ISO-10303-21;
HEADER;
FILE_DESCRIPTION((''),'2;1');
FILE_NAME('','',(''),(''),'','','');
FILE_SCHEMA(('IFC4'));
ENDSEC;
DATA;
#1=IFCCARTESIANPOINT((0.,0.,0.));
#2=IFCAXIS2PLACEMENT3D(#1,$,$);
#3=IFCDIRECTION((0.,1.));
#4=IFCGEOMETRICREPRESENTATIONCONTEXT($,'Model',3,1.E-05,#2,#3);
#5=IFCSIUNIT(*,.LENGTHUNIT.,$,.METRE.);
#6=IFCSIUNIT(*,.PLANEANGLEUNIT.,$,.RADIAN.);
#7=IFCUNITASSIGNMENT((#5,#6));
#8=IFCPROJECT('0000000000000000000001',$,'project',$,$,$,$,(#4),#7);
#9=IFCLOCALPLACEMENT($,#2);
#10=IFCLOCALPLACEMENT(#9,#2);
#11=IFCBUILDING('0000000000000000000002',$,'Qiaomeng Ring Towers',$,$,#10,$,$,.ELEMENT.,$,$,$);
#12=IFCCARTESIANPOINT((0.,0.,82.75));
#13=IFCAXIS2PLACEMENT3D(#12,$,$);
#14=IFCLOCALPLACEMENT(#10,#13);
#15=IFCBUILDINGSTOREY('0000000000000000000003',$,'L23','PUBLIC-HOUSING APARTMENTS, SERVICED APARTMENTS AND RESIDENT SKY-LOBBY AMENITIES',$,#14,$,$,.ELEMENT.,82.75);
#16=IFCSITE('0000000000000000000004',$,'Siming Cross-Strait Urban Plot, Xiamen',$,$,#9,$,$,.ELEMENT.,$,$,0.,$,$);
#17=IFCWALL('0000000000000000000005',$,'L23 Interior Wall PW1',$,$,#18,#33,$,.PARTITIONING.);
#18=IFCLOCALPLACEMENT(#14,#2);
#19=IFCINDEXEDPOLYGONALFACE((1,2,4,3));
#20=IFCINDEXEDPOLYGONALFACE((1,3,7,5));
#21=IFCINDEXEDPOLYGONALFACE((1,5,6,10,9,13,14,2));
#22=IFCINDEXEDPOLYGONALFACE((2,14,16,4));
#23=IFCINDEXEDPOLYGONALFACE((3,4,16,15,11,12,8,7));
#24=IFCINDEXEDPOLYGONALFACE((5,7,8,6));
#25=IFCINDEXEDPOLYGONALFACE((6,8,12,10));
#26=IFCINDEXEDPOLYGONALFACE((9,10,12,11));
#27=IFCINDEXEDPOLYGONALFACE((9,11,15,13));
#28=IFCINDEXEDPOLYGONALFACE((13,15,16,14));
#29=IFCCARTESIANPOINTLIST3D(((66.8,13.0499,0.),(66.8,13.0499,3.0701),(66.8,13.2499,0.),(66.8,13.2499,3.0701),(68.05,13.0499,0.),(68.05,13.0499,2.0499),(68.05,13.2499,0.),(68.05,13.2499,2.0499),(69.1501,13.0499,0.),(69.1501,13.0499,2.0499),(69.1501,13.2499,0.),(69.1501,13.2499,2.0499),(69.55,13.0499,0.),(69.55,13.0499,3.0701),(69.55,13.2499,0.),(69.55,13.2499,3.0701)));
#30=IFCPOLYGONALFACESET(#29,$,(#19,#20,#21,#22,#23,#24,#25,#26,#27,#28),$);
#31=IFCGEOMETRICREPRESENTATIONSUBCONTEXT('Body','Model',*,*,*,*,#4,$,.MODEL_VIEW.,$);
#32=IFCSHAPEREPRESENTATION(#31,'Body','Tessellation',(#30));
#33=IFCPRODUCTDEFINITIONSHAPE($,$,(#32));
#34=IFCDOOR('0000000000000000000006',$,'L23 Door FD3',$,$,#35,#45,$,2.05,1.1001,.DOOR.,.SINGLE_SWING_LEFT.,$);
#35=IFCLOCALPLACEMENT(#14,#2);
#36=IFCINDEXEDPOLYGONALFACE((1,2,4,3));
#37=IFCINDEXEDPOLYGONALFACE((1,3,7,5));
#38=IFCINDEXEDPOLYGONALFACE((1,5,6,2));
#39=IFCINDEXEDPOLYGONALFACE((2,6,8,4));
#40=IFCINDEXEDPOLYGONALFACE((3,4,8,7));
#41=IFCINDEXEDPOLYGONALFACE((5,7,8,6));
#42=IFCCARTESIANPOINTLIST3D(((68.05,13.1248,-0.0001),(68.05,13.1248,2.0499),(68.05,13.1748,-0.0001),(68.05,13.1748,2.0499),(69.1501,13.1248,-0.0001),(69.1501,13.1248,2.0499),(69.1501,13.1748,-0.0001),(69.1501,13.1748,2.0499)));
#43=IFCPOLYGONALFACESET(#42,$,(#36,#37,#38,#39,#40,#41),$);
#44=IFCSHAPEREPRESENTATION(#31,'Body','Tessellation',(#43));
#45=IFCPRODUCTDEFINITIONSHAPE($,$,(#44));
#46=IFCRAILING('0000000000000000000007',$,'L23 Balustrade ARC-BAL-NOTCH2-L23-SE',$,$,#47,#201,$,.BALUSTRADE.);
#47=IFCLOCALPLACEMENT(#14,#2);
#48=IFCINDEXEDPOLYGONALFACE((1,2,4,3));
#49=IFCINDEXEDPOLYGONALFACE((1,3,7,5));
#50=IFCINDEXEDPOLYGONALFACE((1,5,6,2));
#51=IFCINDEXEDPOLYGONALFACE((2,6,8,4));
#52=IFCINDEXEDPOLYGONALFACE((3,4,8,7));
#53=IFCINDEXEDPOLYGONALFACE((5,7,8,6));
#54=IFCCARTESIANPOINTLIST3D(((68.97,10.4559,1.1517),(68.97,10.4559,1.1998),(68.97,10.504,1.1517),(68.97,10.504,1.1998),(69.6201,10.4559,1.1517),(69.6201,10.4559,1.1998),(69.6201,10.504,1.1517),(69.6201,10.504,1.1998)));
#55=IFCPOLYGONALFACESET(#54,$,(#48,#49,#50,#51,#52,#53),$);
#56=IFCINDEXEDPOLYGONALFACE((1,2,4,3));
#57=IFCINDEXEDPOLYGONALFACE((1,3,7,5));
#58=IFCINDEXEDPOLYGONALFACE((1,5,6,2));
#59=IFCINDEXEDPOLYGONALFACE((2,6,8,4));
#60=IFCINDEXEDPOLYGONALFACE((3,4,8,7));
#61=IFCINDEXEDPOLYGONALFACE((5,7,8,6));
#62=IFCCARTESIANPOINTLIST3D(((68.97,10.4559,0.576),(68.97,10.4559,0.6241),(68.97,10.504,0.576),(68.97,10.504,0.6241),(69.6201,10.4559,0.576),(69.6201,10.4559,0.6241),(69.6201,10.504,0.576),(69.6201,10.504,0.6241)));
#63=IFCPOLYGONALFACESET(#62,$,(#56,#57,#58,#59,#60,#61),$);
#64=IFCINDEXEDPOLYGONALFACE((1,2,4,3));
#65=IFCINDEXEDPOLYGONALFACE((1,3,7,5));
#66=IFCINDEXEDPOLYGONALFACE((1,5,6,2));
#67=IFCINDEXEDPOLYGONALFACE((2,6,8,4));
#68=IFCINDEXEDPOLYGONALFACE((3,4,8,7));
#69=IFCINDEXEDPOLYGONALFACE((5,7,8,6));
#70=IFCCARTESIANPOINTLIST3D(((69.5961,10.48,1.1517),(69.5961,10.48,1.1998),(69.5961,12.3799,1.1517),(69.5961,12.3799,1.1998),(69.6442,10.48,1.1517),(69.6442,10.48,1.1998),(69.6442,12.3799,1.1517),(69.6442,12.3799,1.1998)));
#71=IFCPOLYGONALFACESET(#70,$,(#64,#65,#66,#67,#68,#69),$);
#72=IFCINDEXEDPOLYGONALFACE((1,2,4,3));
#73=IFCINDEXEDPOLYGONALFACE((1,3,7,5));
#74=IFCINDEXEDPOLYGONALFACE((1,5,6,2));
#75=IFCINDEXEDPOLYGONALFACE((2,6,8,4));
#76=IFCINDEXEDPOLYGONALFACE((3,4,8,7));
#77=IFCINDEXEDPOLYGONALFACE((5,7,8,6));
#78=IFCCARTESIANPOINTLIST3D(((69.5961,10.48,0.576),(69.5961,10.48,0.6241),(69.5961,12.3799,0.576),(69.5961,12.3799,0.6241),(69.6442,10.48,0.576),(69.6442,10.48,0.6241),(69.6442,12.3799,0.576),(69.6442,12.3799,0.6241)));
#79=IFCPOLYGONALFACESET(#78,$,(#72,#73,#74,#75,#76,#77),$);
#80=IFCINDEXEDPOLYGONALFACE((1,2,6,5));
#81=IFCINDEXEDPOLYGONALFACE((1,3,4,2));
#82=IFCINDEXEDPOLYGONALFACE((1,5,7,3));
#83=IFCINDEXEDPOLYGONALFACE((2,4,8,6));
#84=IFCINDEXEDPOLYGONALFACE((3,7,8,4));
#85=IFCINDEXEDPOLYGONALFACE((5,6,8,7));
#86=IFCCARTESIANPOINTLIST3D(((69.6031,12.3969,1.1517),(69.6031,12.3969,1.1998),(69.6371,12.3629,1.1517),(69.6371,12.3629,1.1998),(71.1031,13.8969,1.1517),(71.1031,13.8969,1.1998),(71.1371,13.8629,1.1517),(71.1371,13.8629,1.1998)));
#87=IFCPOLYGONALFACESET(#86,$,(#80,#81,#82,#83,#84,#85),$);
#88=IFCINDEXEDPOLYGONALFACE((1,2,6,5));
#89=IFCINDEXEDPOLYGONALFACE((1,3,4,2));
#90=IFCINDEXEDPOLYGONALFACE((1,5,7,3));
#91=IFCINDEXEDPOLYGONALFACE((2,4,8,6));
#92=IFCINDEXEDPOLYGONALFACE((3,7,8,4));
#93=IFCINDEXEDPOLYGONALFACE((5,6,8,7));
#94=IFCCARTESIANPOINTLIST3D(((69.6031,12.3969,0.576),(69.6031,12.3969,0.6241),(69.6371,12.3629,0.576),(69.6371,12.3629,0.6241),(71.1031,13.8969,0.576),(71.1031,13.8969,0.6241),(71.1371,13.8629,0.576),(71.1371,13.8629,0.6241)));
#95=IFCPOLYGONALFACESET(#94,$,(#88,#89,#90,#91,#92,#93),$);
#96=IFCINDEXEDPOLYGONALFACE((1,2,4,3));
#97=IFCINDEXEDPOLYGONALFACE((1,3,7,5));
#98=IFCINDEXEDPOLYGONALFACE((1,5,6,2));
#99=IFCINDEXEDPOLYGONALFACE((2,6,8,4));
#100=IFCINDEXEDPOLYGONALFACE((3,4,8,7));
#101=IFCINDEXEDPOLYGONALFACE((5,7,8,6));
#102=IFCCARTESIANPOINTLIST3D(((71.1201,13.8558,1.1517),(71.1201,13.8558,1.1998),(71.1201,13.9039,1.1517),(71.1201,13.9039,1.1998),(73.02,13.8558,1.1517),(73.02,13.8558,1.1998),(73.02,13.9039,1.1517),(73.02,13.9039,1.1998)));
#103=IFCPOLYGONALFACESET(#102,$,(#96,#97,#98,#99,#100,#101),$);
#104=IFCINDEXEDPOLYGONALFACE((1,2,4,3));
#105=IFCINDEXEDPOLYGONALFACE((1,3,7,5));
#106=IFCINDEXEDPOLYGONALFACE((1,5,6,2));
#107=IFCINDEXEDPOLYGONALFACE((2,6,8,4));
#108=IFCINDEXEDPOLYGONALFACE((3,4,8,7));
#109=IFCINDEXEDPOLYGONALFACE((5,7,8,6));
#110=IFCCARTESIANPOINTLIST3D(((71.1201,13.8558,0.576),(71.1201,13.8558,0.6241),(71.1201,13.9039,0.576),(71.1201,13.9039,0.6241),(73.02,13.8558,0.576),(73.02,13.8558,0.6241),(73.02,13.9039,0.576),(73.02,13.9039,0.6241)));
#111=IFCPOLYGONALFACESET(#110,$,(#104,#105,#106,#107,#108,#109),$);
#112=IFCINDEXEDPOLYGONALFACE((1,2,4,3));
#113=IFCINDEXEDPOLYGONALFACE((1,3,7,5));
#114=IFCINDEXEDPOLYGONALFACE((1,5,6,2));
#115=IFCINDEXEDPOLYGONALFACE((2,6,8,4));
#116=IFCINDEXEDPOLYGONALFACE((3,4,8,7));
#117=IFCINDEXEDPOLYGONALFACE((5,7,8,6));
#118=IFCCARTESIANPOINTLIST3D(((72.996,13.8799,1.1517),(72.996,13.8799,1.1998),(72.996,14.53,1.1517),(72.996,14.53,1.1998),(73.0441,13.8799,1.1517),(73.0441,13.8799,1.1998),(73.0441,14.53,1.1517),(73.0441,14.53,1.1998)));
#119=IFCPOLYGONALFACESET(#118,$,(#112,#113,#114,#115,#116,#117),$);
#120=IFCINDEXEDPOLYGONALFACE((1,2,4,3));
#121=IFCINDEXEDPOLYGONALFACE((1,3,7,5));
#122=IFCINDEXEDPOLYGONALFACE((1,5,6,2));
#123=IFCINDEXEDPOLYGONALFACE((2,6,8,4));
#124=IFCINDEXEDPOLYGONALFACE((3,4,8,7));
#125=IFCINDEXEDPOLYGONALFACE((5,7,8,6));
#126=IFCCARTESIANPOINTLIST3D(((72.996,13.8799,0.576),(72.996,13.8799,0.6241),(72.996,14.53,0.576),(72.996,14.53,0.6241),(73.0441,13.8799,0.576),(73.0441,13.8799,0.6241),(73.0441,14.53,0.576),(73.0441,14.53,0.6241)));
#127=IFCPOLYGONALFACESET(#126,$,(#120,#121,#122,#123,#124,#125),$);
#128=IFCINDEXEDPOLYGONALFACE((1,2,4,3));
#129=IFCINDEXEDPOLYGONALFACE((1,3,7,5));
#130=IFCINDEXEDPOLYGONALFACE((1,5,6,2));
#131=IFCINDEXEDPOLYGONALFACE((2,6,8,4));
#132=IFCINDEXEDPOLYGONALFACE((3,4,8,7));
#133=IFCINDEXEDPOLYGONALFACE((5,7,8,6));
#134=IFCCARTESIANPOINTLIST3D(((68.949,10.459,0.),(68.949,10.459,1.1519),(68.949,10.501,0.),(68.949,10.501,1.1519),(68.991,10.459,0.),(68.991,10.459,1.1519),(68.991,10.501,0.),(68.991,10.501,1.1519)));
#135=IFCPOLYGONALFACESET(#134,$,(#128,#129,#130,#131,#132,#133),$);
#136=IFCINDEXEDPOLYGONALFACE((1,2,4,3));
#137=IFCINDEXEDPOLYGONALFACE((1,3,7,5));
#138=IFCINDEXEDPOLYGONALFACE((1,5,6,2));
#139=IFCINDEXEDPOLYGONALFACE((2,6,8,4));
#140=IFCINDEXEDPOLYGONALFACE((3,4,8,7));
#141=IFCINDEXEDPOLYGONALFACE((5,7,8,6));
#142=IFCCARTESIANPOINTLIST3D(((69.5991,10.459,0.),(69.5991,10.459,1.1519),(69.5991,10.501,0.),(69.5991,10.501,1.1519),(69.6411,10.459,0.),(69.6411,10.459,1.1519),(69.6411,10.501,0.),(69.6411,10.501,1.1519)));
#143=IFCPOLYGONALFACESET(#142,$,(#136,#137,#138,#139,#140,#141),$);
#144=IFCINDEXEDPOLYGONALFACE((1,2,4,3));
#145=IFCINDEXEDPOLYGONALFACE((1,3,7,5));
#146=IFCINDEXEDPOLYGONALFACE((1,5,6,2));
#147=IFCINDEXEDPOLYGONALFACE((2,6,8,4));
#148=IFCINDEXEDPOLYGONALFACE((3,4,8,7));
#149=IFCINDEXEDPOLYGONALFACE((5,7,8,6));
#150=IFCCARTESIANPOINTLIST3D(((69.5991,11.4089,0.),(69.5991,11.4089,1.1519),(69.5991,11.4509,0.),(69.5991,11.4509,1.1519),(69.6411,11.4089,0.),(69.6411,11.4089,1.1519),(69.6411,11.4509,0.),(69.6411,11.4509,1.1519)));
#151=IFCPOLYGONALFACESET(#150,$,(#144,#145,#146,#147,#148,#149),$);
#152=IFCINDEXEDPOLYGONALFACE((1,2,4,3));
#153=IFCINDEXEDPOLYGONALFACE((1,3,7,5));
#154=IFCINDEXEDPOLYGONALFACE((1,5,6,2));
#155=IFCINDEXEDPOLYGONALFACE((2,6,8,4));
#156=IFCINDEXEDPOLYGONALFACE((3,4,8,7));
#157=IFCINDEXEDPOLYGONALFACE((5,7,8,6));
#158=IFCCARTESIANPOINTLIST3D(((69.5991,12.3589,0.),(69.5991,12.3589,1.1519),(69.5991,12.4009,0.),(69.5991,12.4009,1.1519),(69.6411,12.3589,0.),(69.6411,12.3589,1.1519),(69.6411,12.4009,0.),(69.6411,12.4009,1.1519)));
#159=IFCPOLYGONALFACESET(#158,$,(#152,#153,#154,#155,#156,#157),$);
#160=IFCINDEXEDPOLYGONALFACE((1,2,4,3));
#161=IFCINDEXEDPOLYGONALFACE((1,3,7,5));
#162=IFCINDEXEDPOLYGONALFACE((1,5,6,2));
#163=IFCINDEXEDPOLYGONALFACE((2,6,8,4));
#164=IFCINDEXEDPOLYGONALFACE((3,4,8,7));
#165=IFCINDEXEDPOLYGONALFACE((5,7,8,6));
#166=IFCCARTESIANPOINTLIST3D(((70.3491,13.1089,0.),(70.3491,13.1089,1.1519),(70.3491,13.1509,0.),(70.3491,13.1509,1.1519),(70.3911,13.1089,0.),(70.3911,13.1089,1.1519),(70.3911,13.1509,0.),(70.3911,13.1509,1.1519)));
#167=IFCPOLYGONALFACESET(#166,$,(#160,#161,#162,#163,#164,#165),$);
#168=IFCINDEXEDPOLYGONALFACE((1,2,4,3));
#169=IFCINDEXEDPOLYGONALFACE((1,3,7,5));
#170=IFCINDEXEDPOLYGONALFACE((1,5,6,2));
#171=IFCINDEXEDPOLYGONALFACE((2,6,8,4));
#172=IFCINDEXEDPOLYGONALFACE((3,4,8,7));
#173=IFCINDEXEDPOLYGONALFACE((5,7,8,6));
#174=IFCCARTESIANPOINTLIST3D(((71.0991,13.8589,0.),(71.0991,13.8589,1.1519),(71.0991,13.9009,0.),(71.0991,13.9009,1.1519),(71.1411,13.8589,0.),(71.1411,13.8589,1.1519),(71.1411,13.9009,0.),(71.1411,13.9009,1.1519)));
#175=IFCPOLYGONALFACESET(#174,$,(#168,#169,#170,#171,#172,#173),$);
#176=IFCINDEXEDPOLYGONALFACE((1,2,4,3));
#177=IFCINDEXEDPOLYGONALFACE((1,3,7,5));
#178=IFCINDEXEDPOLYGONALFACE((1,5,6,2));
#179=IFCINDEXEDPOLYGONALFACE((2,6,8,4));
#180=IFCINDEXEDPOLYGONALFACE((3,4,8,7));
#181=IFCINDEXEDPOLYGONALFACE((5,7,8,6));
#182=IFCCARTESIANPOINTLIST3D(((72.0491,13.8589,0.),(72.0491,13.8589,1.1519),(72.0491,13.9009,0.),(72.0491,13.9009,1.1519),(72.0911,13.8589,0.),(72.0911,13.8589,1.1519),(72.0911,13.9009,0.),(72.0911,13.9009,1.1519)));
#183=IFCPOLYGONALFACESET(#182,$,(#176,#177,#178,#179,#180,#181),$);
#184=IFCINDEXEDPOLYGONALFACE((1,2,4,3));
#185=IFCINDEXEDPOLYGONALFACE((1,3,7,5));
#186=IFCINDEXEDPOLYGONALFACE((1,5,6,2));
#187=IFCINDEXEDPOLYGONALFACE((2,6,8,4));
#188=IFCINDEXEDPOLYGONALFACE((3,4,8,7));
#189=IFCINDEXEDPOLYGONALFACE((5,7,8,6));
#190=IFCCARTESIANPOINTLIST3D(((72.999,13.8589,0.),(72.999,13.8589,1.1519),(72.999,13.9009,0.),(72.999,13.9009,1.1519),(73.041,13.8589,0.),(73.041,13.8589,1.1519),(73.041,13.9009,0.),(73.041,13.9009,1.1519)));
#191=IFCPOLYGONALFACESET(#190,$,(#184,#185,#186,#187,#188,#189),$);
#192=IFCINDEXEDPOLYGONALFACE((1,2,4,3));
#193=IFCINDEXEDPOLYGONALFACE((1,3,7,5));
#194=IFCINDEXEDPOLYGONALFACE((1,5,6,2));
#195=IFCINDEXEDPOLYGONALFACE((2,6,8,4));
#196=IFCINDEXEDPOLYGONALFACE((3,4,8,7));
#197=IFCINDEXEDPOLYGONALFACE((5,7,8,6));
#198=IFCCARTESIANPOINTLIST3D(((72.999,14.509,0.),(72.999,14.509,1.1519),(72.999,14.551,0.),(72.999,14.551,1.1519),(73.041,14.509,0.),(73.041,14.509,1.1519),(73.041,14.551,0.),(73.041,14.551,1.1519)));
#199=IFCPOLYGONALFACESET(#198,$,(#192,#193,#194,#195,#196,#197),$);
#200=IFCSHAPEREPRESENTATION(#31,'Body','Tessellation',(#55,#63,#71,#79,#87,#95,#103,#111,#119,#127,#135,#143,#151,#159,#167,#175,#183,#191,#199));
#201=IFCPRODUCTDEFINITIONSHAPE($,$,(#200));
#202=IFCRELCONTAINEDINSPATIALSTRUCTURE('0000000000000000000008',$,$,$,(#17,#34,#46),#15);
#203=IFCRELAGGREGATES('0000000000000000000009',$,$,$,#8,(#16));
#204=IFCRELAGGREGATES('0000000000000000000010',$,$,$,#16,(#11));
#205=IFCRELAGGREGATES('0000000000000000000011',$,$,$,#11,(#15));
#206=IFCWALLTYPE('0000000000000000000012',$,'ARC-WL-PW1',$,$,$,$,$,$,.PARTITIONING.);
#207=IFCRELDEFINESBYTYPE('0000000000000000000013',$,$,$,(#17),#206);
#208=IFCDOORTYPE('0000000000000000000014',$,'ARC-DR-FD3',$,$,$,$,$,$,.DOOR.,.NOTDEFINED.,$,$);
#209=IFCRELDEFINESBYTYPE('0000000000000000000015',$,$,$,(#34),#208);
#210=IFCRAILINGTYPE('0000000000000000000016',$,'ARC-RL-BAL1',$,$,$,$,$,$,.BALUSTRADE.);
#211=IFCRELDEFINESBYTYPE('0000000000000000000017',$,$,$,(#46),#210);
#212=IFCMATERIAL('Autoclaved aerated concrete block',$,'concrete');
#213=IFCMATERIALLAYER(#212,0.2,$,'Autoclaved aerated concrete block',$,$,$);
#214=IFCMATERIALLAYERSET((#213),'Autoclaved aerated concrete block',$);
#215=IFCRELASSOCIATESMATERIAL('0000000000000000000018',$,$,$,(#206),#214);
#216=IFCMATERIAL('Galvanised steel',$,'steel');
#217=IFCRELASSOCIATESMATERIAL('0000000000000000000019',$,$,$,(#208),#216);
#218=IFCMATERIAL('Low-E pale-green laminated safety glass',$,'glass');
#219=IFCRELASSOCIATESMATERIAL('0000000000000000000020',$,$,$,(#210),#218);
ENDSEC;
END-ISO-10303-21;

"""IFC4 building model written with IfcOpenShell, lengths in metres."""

from ifc_helpers import new_model, si_unit, direction, frame, frame_2d, origin, origin_2d, place, context, subcontext, project, spatial, rectangle, extrude, source, transform, mapped, material, layer, layer_set, type_object, element, fill, save


model = new_model("IFC4")

# Units and contexts
model_context = context("Model", 3, precision=1e-05, world=origin(), true_north=direction((0.0, 1.0)))
body_context = subcontext(model_context, "Body", "Model", "MODEL_VIEW")
ifc_project = project(units=[si_unit("LENGTHUNIT", "METRE"), si_unit("PLANEANGLEUNIT", "RADIAN")], contexts=[model_context])

# Site, building, storey
site_placement = place(None, origin())
site = spatial("IfcSite", under=ifc_project, at=site_placement, Name="Siming Cross-Strait Urban Plot, Xiamen", CompositionType="ELEMENT", RefElevation=0.0)
building_placement = place(site_placement, origin())
building = spatial("IfcBuilding", under=site, at=building_placement, Name="Qiaomeng Ring Towers", CompositionType="ELEMENT")
storey_placement = place(building_placement, frame((0.0, 0.0, 82.75)))
storey = spatial("IfcBuildingStorey", under=building, at=storey_placement, Name="L23", Description="PUBLIC-HOUSING APARTMENTS, SERVICED APARTMENTS AND RESIDENT SKY-LOBBY AMENITIES", CompositionType="ELEMENT", Elevation=82.75)

# Shared definitions
ifc_material_1 = material(Name="Autoclaved aerated concrete block", Category="concrete")
ifc_layer_1 = layer(ifc_material_1, 0.2, Name="Autoclaved aerated concrete block")
ifc_layer_set_1 = layer_set([ifc_layer_1], Name="Autoclaved aerated concrete block")
wall_type_1 = type_object("IfcWallType", Name="ARC-WL-PW1", PredefinedType="PARTITIONING", material=ifc_layer_set_1)

# Wall, opening, door
wall_1_placement = place(storey_placement, frame((66.8, 13.1499, 0.0), z_axis=(0.0, 0.0, 1.0), x_axis=(1.0, 0.0, 0.0)))
wall_1 = element("IfcWall", 1, at=wall_1_placement, inside=storey, type_object=wall_type_1, Name="L23 Interior Wall PW1", PredefinedType="PARTITIONING", context=body_context, shape_type="SweptSolid", body=[
    extrude(rectangle(XDim=2.75, YDim=0.2, at=frame_2d((1.375, 0.0))), origin(), (0.0, 0.0, 1.0), 3.0701),
])
opening_1_placement = place(wall_1_placement, frame((1.25, 0.0, 0.0)))
opening_1 = element("IfcOpeningElement", 2, at=opening_1_placement, cuts=wall_1, PredefinedType="OPENING", context=body_context, shape_type="SweptSolid", body=[
    extrude(rectangle(XDim=1.1001, YDim=2.05, at=frame_2d((0.55, 1.0249))), frame((0.0, 0.1099, 0.0), z_axis=(0.0, -1.0, 0.0), x_axis=(1.0, 0.0, 0.0)), (0.0, 0.0, 1.0), 0.22),
])
ifc_material_2 = material(Name="Galvanised steel", Category="steel")
door_type_1 = type_object("IfcDoorType", Name="ARC-DR-FD3", OperationType="NOTDEFINED", PredefinedType="DOOR", material=ifc_material_2)
shared_shape_1 = source(origin(), body_context, "Body", "SweptSolid", [
    extrude(rectangle(XDim=1.1001, YDim=2.05, at=frame_2d((0.55, 1.0249))), frame((0.0, 0.0249, 0.0), z_axis=(0.0, -1.0, 0.0), x_axis=(1.0, 0.0, 0.0)), (0.0, 0.0, 1.0), 0.05),
])
door_1_placement = place(opening_1_placement, origin())
door_1 = element("IfcDoor", 3, at=door_1_placement, inside=storey, type_object=door_type_1, Name="L23 Door FD3", OperationType="SINGLE_SWING_LEFT", OverallHeight=2.05, OverallWidth=1.1001, PredefinedType="DOOR", context=body_context, shape_type="MappedRepresentation", body=[
    mapped(shared_shape_1, transform((0.0, 0.0, 0.0), x_axis=(1.0, 0.0, 0.0), y_axis=(0.0, 1.0, 0.0), z_axis=(0.0, 0.0, 1.0), scale=1.0)),
])
fill(opening_1, door_1)

# Railing
ifc_material_3 = material(Name="Low-E pale-green laminated safety glass", Category="glass")
railing_type = type_object("IfcRailingType", Name="ARC-RL-BAL1", PredefinedType="BALUSTRADE", material=ifc_material_3)
railing_placement = place(storey_placement, frame((68.97, 10.48, 0.0)))
element("IfcRailing", 4, at=railing_placement, inside=storey, type_object=railing_type, Name="L23 Balustrade ARC-BAL-NOTCH2-L23-SE", PredefinedType="BALUSTRADE", context=body_context, shape_type="SweptSolid", body=[
    extrude(rectangle(XDim=0.0481, YDim=0.0481, at=origin_2d()), frame((0.0, 0.0, 1.1758), z_axis=(1.0, 0.0, 0.0), x_axis=(0.0, 1.0, 0.0)), (0.0, 0.0, 1.0), 0.6501),
    extrude(rectangle(XDim=0.0481, YDim=0.0481, at=origin_2d()), frame((0.0, 0.0, 0.6001), z_axis=(1.0, 0.0, 0.0), x_axis=(0.0, 1.0, 0.0)), (0.0, 0.0, 1.0), 0.6501),
    extrude(rectangle(XDim=0.0481, YDim=0.0481, at=origin_2d()), frame((0.6501, 0.0, 1.1758), z_axis=(0.0, 1.0, 0.0), x_axis=(-1.0, 0.0, 0.0)), (0.0, 0.0, 1.0), 1.8999),
    extrude(rectangle(XDim=0.0481, YDim=0.0481, at=origin_2d()), frame((0.6501, 0.0, 0.6001), z_axis=(0.0, 1.0, 0.0), x_axis=(-1.0, 0.0, 0.0)), (0.0, 0.0, 1.0), 1.8999),
    extrude(rectangle(XDim=0.0481, YDim=0.0481, at=origin_2d()), frame((0.6501, 1.8999, 1.1758), z_axis=(0.707107, 0.707107, 0.0), x_axis=(-0.707107, 0.707107, 0.0)), (0.0, 0.0, 1.0), 2.1213),
    extrude(rectangle(XDim=0.0481, YDim=0.0481, at=origin_2d()), frame((0.6501, 1.8999, 0.6001), z_axis=(0.707107, 0.707107, 0.0), x_axis=(-0.707107, 0.707107, 0.0)), (0.0, 0.0, 1.0), 2.1213),
    extrude(rectangle(XDim=0.0481, YDim=0.0481, at=origin_2d()), frame((2.1501, 3.3999, 1.1758), z_axis=(1.0, 0.0, 0.0), x_axis=(0.0, 1.0, 0.0)), (0.0, 0.0, 1.0), 1.8999),
    extrude(rectangle(XDim=0.0481, YDim=0.0481, at=origin_2d()), frame((2.1501, 3.3999, 0.6001), z_axis=(1.0, 0.0, 0.0), x_axis=(0.0, 1.0, 0.0)), (0.0, 0.0, 1.0), 1.8999),
    extrude(rectangle(XDim=0.0481, YDim=0.0481, at=origin_2d()), frame((4.05, 3.3999, 1.1758), z_axis=(0.0, 1.0, 0.0), x_axis=(-1.0, 0.0, 0.0)), (0.0, 0.0, 1.0), 0.6501),
    extrude(rectangle(XDim=0.0481, YDim=0.0481, at=origin_2d()), frame((4.05, 3.3999, 0.6001), z_axis=(0.0, 1.0, 0.0), x_axis=(-1.0, 0.0, 0.0)), (0.0, 0.0, 1.0), 0.6501),
    extrude(rectangle(XDim=0.042, YDim=0.042, at=origin_2d()), origin(), (0.0, 0.0, 1.0), 1.1519),
    extrude(rectangle(XDim=0.042, YDim=0.042, at=origin_2d()), frame((0.6501, 0.0, 0.0)), (0.0, 0.0, 1.0), 1.1519),
    extrude(rectangle(XDim=0.042, YDim=0.042, at=origin_2d()), frame((0.6501, 0.95, 0.0)), (0.0, 0.0, 1.0), 1.1519),
    extrude(rectangle(XDim=0.042, YDim=0.042, at=origin_2d()), frame((0.6501, 1.8999, 0.0)), (0.0, 0.0, 1.0), 1.1519),
    extrude(rectangle(XDim=0.042, YDim=0.042, at=origin_2d()), frame((1.4001, 2.6499, 0.0)), (0.0, 0.0, 1.0), 1.1519),
    extrude(rectangle(XDim=0.042, YDim=0.042, at=origin_2d()), frame((2.1501, 3.3999, 0.0)), (0.0, 0.0, 1.0), 1.1519),
    extrude(rectangle(XDim=0.042, YDim=0.042, at=origin_2d()), frame((3.1001, 3.3999, 0.0)), (0.0, 0.0, 1.0), 1.1519),
    extrude(rectangle(XDim=0.042, YDim=0.042, at=origin_2d()), frame((4.05, 3.3999, 0.0)), (0.0, 0.0, 1.0), 1.1519),
    extrude(rectangle(XDim=0.042, YDim=0.042, at=origin_2d()), frame((4.05, 4.05, 0.0)), (0.0, 0.0, 1.0), 1.1519),
])

save(model, "model.ifc")
